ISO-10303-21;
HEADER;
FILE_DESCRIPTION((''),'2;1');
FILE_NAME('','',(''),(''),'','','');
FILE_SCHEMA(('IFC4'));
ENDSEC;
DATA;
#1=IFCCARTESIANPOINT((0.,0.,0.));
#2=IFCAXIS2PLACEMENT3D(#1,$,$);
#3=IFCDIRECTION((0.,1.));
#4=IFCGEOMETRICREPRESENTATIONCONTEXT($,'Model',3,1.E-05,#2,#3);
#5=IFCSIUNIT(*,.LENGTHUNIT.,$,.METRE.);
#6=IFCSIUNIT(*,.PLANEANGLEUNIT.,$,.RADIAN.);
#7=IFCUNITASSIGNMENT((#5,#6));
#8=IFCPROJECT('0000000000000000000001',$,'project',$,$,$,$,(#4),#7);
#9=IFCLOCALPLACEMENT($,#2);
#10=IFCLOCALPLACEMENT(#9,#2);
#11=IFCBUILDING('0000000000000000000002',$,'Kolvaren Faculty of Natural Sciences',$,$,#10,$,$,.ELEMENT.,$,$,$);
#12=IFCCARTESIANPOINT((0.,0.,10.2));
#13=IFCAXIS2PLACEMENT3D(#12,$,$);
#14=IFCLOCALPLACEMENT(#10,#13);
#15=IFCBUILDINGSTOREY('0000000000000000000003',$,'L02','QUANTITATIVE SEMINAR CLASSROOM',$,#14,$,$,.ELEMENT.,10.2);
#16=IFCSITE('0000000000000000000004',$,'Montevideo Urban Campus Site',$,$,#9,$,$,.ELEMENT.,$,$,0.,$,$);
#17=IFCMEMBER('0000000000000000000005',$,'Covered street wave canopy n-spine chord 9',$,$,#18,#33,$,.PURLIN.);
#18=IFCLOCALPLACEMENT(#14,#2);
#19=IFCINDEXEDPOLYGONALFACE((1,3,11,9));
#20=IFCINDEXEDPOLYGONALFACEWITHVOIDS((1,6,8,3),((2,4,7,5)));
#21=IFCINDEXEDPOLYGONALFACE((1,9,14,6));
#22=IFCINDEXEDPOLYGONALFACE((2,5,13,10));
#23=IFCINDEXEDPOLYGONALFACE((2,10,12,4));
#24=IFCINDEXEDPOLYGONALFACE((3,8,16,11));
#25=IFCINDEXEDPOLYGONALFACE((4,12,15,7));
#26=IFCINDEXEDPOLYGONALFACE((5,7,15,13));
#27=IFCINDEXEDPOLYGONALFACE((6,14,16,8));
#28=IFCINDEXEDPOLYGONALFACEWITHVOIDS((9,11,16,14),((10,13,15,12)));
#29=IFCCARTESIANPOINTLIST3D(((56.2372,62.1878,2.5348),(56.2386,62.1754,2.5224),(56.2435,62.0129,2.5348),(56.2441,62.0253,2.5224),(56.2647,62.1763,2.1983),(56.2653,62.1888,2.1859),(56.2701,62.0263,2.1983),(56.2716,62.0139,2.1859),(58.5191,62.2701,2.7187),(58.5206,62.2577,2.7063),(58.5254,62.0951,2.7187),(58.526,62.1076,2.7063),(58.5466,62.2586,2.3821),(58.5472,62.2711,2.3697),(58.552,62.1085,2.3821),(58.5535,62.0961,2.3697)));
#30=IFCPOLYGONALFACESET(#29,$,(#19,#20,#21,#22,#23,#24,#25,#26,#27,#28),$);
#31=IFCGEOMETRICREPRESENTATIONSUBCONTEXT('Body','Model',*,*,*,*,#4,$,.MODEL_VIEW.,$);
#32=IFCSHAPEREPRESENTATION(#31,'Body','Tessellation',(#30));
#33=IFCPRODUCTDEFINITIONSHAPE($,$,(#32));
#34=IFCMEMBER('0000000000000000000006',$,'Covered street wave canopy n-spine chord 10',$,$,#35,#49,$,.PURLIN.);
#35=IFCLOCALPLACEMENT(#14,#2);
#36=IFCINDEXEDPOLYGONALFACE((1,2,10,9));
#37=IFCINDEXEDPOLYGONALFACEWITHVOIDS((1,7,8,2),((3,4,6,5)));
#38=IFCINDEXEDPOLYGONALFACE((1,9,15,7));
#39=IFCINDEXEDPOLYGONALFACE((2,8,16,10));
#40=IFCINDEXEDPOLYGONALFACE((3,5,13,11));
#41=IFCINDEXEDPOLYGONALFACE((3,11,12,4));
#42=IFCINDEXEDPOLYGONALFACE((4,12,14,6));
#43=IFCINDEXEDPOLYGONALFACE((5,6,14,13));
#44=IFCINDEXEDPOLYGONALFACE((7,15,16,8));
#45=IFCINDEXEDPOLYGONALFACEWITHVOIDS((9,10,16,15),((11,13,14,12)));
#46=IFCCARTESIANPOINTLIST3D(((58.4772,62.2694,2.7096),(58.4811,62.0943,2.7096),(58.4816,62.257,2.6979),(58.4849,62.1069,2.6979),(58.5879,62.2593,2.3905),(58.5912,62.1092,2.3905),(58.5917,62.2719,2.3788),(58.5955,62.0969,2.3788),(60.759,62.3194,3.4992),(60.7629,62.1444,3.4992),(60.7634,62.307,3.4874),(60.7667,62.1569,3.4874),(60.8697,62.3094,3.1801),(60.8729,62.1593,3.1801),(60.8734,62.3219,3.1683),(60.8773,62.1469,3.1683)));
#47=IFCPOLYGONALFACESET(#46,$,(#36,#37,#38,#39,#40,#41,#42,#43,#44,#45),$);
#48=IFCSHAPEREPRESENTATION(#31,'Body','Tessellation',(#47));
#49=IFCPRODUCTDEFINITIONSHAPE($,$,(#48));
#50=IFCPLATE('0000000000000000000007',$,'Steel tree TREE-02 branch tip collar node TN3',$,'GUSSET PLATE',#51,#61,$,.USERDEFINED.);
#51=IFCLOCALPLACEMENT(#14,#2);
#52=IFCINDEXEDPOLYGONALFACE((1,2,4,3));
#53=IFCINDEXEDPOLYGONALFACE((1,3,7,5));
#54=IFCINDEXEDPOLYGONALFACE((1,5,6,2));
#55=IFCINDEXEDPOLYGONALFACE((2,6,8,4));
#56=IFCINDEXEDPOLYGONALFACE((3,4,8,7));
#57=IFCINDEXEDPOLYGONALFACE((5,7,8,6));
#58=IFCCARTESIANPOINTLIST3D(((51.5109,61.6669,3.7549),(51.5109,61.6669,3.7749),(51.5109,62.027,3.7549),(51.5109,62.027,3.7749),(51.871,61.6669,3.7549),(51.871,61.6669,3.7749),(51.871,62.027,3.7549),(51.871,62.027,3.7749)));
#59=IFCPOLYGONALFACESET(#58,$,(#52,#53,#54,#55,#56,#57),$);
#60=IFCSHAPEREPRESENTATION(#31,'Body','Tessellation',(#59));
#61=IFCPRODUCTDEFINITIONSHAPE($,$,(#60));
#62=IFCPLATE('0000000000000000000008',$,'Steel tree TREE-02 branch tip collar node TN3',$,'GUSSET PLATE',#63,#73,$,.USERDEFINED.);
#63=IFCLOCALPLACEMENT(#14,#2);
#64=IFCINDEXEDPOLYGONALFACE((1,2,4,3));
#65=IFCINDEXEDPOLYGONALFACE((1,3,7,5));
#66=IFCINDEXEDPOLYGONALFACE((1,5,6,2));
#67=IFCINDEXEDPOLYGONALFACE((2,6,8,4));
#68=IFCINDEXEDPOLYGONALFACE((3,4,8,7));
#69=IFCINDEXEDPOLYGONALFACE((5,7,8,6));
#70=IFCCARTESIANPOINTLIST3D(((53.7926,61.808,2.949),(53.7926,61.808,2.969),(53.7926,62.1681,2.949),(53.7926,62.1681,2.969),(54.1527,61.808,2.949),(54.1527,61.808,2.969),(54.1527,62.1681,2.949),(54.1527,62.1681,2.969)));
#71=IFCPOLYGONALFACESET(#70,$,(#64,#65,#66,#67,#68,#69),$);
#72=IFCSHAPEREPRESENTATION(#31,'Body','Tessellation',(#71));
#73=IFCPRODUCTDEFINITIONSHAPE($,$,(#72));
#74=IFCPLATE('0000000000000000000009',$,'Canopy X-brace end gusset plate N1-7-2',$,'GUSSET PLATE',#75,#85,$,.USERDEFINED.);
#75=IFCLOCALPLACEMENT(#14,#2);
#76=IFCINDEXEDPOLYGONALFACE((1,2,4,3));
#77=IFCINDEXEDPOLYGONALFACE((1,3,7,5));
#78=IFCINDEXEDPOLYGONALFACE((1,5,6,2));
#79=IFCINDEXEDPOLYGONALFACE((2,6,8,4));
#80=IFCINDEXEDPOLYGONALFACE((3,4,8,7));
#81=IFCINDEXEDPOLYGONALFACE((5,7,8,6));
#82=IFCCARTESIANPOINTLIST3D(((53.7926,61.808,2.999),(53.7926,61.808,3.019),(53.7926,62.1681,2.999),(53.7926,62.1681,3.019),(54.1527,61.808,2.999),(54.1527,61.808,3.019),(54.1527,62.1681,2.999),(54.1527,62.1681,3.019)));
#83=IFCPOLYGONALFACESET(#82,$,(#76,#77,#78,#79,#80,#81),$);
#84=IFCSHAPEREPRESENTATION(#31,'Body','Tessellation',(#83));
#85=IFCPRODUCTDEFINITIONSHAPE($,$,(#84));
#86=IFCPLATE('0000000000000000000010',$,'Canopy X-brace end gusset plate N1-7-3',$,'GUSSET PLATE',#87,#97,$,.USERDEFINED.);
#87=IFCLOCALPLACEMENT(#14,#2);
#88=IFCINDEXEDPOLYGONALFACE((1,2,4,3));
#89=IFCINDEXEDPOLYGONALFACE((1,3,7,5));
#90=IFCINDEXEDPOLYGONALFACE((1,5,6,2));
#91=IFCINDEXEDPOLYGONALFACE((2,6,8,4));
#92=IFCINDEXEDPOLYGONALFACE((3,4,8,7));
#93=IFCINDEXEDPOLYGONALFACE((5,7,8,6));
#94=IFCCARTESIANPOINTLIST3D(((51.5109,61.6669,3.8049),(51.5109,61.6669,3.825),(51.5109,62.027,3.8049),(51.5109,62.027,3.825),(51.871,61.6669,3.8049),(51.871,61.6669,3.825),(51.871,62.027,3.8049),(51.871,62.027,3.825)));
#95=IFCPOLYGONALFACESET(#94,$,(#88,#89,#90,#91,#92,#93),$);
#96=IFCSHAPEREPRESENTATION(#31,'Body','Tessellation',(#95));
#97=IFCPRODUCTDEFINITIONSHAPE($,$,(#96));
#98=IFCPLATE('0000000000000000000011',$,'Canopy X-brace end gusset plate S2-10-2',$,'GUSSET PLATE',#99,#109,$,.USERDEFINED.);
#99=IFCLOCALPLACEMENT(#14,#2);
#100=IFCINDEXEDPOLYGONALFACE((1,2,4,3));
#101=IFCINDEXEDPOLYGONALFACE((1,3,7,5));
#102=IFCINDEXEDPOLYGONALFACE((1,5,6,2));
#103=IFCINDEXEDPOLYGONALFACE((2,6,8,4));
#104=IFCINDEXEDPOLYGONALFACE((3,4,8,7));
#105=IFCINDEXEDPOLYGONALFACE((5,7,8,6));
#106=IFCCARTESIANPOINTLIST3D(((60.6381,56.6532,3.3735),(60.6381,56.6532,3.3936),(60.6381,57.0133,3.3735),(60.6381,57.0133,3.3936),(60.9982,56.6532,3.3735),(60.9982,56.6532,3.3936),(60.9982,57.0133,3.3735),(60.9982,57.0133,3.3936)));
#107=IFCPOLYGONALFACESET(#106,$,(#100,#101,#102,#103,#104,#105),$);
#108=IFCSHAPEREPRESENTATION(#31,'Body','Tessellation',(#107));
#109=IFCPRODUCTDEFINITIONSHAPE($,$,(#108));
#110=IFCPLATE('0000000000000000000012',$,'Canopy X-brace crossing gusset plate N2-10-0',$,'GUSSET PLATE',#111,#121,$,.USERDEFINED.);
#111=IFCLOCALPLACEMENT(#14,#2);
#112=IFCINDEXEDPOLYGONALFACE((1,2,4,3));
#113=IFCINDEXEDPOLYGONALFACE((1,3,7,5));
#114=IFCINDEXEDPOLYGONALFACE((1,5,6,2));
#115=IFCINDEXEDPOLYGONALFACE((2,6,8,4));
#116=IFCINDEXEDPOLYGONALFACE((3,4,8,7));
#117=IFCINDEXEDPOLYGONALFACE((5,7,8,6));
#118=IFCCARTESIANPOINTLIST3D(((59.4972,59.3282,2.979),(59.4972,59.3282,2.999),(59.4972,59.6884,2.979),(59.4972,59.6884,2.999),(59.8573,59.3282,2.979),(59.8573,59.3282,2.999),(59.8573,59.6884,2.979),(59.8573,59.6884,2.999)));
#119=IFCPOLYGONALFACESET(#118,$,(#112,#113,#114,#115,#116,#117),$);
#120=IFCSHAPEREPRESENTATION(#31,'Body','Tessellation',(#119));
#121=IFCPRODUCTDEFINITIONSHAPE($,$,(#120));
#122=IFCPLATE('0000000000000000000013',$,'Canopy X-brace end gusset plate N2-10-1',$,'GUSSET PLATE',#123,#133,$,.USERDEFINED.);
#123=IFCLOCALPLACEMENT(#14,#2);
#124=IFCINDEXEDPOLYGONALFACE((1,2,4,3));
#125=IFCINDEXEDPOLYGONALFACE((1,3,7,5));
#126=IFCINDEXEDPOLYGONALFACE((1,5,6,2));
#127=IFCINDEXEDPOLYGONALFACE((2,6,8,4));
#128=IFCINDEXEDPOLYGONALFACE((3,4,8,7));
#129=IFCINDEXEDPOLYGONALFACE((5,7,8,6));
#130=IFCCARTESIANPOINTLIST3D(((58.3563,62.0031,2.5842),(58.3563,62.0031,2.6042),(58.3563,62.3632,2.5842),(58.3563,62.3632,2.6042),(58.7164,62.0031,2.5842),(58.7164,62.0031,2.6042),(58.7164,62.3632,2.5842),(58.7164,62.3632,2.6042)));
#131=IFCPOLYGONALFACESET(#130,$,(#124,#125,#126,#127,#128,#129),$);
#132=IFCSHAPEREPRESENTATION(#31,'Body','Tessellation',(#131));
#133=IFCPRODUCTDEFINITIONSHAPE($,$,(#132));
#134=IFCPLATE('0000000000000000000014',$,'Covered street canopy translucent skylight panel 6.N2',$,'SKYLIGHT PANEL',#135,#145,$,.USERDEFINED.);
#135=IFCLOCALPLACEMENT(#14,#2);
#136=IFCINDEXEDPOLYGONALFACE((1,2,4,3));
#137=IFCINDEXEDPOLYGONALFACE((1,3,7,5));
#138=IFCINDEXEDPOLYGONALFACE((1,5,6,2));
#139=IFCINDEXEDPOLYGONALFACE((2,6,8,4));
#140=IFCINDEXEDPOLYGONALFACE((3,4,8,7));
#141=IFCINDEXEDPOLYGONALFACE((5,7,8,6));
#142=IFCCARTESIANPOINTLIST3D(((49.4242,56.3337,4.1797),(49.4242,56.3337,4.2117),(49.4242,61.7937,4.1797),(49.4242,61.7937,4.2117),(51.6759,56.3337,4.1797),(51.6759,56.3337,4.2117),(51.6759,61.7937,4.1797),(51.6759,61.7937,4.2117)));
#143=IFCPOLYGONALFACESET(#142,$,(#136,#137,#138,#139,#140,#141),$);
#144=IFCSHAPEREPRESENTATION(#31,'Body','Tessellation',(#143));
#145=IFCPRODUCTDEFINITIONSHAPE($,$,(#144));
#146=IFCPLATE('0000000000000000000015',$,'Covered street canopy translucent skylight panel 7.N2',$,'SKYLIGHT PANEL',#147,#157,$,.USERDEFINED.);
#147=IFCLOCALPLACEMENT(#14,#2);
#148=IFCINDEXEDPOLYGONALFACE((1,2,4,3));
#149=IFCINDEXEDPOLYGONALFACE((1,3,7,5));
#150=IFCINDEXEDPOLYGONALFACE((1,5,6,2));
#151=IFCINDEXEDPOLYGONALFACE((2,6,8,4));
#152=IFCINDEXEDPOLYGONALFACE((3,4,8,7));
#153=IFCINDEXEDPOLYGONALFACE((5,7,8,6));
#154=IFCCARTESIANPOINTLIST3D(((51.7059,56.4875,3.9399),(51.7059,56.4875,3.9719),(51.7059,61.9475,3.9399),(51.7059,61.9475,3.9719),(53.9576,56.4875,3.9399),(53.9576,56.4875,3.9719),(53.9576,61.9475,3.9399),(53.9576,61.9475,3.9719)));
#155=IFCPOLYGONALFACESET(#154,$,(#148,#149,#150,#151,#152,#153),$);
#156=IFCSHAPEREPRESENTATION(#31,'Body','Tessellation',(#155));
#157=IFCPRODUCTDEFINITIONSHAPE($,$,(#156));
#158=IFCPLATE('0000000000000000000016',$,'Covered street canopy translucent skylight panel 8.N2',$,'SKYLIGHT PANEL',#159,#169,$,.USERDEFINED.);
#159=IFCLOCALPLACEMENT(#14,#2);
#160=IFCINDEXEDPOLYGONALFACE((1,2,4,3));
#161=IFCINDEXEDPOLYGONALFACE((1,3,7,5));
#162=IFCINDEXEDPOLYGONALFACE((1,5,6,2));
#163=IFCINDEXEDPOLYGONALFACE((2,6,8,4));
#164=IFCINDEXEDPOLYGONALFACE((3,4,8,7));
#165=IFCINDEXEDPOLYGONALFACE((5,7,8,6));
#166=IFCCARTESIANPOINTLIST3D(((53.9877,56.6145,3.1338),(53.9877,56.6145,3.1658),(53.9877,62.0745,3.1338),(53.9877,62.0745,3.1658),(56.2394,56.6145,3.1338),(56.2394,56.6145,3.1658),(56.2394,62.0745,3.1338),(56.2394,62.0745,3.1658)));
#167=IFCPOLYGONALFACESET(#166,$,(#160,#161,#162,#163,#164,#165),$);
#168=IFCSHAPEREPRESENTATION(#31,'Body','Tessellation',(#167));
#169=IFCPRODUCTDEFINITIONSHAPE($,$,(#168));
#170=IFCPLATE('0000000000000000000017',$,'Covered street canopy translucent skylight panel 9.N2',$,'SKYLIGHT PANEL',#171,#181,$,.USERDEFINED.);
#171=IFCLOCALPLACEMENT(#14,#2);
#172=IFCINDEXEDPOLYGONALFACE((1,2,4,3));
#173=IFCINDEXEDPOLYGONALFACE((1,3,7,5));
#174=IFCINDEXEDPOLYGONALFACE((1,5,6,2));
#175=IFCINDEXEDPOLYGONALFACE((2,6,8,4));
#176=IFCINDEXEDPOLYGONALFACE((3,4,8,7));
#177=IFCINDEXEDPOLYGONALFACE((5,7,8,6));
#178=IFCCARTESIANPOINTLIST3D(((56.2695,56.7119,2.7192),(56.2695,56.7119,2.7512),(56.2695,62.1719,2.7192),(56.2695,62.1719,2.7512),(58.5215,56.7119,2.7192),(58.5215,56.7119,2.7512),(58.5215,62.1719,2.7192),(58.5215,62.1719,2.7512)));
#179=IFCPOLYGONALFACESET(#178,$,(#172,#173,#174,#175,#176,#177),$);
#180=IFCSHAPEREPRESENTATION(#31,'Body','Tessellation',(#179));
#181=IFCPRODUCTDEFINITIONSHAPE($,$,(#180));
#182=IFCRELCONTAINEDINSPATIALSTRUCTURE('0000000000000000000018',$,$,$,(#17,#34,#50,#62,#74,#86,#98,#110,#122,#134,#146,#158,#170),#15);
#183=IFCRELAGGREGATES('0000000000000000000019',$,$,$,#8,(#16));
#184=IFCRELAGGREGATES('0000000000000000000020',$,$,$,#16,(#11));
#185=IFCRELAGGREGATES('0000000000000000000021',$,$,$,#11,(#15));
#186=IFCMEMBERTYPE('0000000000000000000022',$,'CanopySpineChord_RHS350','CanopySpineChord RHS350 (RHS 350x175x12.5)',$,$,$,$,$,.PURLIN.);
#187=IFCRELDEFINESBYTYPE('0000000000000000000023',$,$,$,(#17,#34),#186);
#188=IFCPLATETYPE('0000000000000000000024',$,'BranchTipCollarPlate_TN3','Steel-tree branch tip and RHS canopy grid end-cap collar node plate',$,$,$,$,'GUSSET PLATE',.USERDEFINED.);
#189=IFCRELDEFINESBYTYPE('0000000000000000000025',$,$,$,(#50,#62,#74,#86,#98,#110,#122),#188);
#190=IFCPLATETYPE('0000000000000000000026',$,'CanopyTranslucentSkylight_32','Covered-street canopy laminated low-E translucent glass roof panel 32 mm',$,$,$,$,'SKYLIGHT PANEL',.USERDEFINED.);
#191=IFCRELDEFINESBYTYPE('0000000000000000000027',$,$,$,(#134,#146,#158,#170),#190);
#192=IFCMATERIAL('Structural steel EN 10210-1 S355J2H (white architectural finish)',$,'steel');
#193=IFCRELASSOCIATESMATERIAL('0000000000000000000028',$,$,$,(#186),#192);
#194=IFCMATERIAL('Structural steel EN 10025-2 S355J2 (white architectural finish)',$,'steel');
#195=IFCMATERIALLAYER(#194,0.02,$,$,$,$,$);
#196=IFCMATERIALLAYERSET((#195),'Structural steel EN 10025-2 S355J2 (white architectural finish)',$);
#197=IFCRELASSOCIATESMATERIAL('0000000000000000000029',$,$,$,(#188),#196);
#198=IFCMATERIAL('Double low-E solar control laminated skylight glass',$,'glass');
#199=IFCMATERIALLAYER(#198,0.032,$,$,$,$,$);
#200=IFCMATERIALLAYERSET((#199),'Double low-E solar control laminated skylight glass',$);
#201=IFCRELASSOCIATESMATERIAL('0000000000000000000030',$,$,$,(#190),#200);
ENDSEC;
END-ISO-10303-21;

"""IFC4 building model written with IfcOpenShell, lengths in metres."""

from ifc_helpers import new_model, si_unit, direction, frame, origin, origin_2d, place, context, subcontext, project, spatial, rectangle, hollow_rectangle, extrude, material, layer, layer_set, material_profile, profile_set, type_object, element, save


model = new_model("IFC4")

# Units and contexts
model_context = context("Model", 3, precision=1e-05, world=origin(), true_north=direction((0.0, 1.0)))
body_context = subcontext(model_context, "Body", "Model", "MODEL_VIEW")
ifc_project = project(units=[si_unit("LENGTHUNIT", "METRE"), si_unit("PLANEANGLEUNIT", "RADIAN")], contexts=[model_context])

# Site, building, storey
site_placement = place(None, origin())
site = spatial("IfcSite", under=ifc_project, at=site_placement, Name="Montevideo Urban Campus Site", CompositionType="ELEMENT", RefElevation=0.0)
building_placement = place(site_placement, origin())
building = spatial("IfcBuilding", under=site, at=building_placement, Name="Kolvaren Faculty of Natural Sciences", CompositionType="ELEMENT")
storey_placement = place(building_placement, frame((0.0, 0.0, 10.2)))
storey = spatial("IfcBuildingStorey", under=building, at=storey_placement, Name="L02", Description="QUANTITATIVE SEMINAR CLASSROOM", CompositionType="ELEMENT", Elevation=10.2)

# Members
ifc_material_1 = material(Name="Structural steel EN 10210-1 S355J2H (white architectural finish)", Category="steel")
ifc_material_profile_1 = material_profile(ifc_material_1, hollow_rectangle(XDim=0.175, YDim=0.3501, WallThickness=0.0125, at=origin_2d()), Name="RHS 350x175x12.5")
ifc_profile_set_1 = profile_set([ifc_material_profile_1], Name="Structural steel EN 10210-1 S355J2H (white architectural finish)")
member_type_1 = type_object("IfcMemberType", Name="CanopySpineChord_RHS350", Description="CanopySpineChord RHS350 (RHS 350x175x12.5)", PredefinedType="PURLIN", material=ifc_profile_set_1)
member_1_placement = place(storey_placement, frame((56.2544, 62.1008, 2.3604), z_axis=(0.996128, 0.035915, 0.080249), x_axis=(-0.036031, 0.999351, 0.0)))
element("IfcMember", 1, at=member_1_placement, inside=storey, type_object=member_type_1, Name="Covered street wave canopy n-spine chord 9", PredefinedType="PURLIN", context=body_context, shape_type="SweptSolid", body=[
    extrude(hollow_rectangle(XDim=0.175, YDim=0.3501, WallThickness=0.0125, at=origin_2d()), origin(), (0.0, 0.0, 1.0), 2.2908),
])
member_2_placement = place(storey_placement, frame((58.5364, 62.1831, 2.5442), z_axis=(0.944819, 0.020724, 0.326936), x_axis=(-0.021929, 0.99976, 0.0)))
element("IfcMember", 2, at=member_2_placement, inside=storey, type_object=member_type_1, Name="Covered street wave canopy n-spine chord 10", PredefinedType="PURLIN", context=body_context, shape_type="SweptSolid", body=[
    extrude(hollow_rectangle(XDim=0.175, YDim=0.3501, WallThickness=0.0125, at=origin_2d()), origin(), (0.0, 0.0, 1.0), 2.415),
])

# Plates
ifc_material_2 = material(Name="Structural steel EN 10025-2 S355J2 (white architectural finish)", Category="steel")
ifc_layer_1 = layer(ifc_material_2, 0.02)
ifc_layer_set_1 = layer_set([ifc_layer_1], Name="Structural steel EN 10025-2 S355J2 (white architectural finish)")
plate_type_1 = type_object("IfcPlateType", Name="BranchTipCollarPlate_TN3", Description="Steel-tree branch tip and RHS canopy grid end-cap collar node plate", ElementType="GUSSET PLATE", PredefinedType="USERDEFINED", material=ifc_layer_set_1)
for number, where, z_axis, x_axis, name in (
    (3, (51.6909, 61.8469, 3.7549), (0.0, 0.0, 1.0), (1.0, 0.0, 0.0), "Steel tree TREE-02 branch tip collar node TN3"),
    (4, (53.9727, 61.988, 2.949), (0.0, 0.0, 1.0), (1.0, 0.0, 0.0), "Steel tree TREE-02 branch tip collar node TN3"),
    (5, (53.9727, 61.988, 2.999), (0.0, 0.0, 1.0), (1.0, 0.0, 0.0), "Canopy X-brace end gusset plate N1-7-2"),
    (6, (51.6909, 61.8469, 3.8049), (0.0, 0.0, 1.0), (1.0, 0.0, 0.0), "Canopy X-brace end gusset plate N1-7-3"),
    (7, (60.8181, 56.8333, 3.3735), (0.0, 0.0, 1.0), (1.0, 0.0, 0.0), "Canopy X-brace end gusset plate S2-10-2"),
    (8, (59.6772, 59.5083, 2.979), (0.0, 0.0, 1.0), (1.0, 0.0, 0.0), "Canopy X-brace crossing gusset plate N2-10-0"),
    (9, (58.5364, 62.1831, 2.5842), (0.0, 0.0, 1.0), (1.0, 0.0, 0.0), "Canopy X-brace end gusset plate N2-10-1"),
):
    element("IfcPlate", number, at=place(storey_placement, frame(where, z_axis=z_axis, x_axis=x_axis)), inside=storey, type_object=plate_type_1, Name=name, ObjectType="GUSSET PLATE", PredefinedType="USERDEFINED", context=body_context, shape_type="SweptSolid", body=[
        extrude(rectangle(XDim=0.3601, YDim=0.3601, at=origin_2d()), origin(), (0.0, 0.0, 1.0), 0.02),
    ])
ifc_material_3 = material(Name="Double low-E solar control laminated skylight glass", Category="glass")
ifc_layer_2 = layer(ifc_material_3, 0.032)
ifc_layer_set_2 = layer_set([ifc_layer_2], Name="Double low-E solar control laminated skylight glass")
plate_type_2 = type_object("IfcPlateType", Name="CanopyTranslucentSkylight_32", Description="Covered-street canopy laminated low-E translucent glass roof panel 32 mm", ElementType="SKYLIGHT PANEL", PredefinedType="USERDEFINED", material=ifc_layer_set_2)
for number, where, z_axis, x_axis, name in (
    (10, (50.55, 59.0637, 4.1797), (0.0, 0.0, 1.0), (1.0, 0.0, 0.0), "Covered street canopy translucent skylight panel 6.N2"),
    (11, (52.8318, 59.2175, 3.9399), (0.0, 0.0, 1.0), (1.0, 0.0, 0.0), "Covered street canopy translucent skylight panel 7.N2"),
    (12, (55.1135, 59.3445, 3.1338), (0.0, 0.0, 1.0), (1.0, 0.0, 0.0), "Covered street canopy translucent skylight panel 8.N2"),
):
    element("IfcPlate", number, at=place(storey_placement, frame(where, z_axis=z_axis, x_axis=x_axis)), inside=storey, type_object=plate_type_2, Name=name, ObjectType="SKYLIGHT PANEL", PredefinedType="USERDEFINED", context=body_context, shape_type="SweptSolid", body=[
        extrude(rectangle(XDim=2.2517, YDim=5.46, at=origin_2d()), origin(), (0.0, 0.0, 1.0), 0.032),
    ])
plate_placement = place(storey_placement, frame((57.3955, 59.4419, 2.7192), z_axis=(0.0, 0.0, 1.0), x_axis=(1.0, 0.0, 0.0)))
element("IfcPlate", 13, at=plate_placement, inside=storey, type_object=plate_type_2, Name="Covered street canopy translucent skylight panel 9.N2", ObjectType="SKYLIGHT PANEL", PredefinedType="USERDEFINED", context=body_context, shape_type="SweptSolid", body=[
    extrude(rectangle(XDim=2.252, YDim=5.46, at=origin_2d()), origin(), (0.0, 0.0, 1.0), 0.032),
])

save(model, "model.ifc")
